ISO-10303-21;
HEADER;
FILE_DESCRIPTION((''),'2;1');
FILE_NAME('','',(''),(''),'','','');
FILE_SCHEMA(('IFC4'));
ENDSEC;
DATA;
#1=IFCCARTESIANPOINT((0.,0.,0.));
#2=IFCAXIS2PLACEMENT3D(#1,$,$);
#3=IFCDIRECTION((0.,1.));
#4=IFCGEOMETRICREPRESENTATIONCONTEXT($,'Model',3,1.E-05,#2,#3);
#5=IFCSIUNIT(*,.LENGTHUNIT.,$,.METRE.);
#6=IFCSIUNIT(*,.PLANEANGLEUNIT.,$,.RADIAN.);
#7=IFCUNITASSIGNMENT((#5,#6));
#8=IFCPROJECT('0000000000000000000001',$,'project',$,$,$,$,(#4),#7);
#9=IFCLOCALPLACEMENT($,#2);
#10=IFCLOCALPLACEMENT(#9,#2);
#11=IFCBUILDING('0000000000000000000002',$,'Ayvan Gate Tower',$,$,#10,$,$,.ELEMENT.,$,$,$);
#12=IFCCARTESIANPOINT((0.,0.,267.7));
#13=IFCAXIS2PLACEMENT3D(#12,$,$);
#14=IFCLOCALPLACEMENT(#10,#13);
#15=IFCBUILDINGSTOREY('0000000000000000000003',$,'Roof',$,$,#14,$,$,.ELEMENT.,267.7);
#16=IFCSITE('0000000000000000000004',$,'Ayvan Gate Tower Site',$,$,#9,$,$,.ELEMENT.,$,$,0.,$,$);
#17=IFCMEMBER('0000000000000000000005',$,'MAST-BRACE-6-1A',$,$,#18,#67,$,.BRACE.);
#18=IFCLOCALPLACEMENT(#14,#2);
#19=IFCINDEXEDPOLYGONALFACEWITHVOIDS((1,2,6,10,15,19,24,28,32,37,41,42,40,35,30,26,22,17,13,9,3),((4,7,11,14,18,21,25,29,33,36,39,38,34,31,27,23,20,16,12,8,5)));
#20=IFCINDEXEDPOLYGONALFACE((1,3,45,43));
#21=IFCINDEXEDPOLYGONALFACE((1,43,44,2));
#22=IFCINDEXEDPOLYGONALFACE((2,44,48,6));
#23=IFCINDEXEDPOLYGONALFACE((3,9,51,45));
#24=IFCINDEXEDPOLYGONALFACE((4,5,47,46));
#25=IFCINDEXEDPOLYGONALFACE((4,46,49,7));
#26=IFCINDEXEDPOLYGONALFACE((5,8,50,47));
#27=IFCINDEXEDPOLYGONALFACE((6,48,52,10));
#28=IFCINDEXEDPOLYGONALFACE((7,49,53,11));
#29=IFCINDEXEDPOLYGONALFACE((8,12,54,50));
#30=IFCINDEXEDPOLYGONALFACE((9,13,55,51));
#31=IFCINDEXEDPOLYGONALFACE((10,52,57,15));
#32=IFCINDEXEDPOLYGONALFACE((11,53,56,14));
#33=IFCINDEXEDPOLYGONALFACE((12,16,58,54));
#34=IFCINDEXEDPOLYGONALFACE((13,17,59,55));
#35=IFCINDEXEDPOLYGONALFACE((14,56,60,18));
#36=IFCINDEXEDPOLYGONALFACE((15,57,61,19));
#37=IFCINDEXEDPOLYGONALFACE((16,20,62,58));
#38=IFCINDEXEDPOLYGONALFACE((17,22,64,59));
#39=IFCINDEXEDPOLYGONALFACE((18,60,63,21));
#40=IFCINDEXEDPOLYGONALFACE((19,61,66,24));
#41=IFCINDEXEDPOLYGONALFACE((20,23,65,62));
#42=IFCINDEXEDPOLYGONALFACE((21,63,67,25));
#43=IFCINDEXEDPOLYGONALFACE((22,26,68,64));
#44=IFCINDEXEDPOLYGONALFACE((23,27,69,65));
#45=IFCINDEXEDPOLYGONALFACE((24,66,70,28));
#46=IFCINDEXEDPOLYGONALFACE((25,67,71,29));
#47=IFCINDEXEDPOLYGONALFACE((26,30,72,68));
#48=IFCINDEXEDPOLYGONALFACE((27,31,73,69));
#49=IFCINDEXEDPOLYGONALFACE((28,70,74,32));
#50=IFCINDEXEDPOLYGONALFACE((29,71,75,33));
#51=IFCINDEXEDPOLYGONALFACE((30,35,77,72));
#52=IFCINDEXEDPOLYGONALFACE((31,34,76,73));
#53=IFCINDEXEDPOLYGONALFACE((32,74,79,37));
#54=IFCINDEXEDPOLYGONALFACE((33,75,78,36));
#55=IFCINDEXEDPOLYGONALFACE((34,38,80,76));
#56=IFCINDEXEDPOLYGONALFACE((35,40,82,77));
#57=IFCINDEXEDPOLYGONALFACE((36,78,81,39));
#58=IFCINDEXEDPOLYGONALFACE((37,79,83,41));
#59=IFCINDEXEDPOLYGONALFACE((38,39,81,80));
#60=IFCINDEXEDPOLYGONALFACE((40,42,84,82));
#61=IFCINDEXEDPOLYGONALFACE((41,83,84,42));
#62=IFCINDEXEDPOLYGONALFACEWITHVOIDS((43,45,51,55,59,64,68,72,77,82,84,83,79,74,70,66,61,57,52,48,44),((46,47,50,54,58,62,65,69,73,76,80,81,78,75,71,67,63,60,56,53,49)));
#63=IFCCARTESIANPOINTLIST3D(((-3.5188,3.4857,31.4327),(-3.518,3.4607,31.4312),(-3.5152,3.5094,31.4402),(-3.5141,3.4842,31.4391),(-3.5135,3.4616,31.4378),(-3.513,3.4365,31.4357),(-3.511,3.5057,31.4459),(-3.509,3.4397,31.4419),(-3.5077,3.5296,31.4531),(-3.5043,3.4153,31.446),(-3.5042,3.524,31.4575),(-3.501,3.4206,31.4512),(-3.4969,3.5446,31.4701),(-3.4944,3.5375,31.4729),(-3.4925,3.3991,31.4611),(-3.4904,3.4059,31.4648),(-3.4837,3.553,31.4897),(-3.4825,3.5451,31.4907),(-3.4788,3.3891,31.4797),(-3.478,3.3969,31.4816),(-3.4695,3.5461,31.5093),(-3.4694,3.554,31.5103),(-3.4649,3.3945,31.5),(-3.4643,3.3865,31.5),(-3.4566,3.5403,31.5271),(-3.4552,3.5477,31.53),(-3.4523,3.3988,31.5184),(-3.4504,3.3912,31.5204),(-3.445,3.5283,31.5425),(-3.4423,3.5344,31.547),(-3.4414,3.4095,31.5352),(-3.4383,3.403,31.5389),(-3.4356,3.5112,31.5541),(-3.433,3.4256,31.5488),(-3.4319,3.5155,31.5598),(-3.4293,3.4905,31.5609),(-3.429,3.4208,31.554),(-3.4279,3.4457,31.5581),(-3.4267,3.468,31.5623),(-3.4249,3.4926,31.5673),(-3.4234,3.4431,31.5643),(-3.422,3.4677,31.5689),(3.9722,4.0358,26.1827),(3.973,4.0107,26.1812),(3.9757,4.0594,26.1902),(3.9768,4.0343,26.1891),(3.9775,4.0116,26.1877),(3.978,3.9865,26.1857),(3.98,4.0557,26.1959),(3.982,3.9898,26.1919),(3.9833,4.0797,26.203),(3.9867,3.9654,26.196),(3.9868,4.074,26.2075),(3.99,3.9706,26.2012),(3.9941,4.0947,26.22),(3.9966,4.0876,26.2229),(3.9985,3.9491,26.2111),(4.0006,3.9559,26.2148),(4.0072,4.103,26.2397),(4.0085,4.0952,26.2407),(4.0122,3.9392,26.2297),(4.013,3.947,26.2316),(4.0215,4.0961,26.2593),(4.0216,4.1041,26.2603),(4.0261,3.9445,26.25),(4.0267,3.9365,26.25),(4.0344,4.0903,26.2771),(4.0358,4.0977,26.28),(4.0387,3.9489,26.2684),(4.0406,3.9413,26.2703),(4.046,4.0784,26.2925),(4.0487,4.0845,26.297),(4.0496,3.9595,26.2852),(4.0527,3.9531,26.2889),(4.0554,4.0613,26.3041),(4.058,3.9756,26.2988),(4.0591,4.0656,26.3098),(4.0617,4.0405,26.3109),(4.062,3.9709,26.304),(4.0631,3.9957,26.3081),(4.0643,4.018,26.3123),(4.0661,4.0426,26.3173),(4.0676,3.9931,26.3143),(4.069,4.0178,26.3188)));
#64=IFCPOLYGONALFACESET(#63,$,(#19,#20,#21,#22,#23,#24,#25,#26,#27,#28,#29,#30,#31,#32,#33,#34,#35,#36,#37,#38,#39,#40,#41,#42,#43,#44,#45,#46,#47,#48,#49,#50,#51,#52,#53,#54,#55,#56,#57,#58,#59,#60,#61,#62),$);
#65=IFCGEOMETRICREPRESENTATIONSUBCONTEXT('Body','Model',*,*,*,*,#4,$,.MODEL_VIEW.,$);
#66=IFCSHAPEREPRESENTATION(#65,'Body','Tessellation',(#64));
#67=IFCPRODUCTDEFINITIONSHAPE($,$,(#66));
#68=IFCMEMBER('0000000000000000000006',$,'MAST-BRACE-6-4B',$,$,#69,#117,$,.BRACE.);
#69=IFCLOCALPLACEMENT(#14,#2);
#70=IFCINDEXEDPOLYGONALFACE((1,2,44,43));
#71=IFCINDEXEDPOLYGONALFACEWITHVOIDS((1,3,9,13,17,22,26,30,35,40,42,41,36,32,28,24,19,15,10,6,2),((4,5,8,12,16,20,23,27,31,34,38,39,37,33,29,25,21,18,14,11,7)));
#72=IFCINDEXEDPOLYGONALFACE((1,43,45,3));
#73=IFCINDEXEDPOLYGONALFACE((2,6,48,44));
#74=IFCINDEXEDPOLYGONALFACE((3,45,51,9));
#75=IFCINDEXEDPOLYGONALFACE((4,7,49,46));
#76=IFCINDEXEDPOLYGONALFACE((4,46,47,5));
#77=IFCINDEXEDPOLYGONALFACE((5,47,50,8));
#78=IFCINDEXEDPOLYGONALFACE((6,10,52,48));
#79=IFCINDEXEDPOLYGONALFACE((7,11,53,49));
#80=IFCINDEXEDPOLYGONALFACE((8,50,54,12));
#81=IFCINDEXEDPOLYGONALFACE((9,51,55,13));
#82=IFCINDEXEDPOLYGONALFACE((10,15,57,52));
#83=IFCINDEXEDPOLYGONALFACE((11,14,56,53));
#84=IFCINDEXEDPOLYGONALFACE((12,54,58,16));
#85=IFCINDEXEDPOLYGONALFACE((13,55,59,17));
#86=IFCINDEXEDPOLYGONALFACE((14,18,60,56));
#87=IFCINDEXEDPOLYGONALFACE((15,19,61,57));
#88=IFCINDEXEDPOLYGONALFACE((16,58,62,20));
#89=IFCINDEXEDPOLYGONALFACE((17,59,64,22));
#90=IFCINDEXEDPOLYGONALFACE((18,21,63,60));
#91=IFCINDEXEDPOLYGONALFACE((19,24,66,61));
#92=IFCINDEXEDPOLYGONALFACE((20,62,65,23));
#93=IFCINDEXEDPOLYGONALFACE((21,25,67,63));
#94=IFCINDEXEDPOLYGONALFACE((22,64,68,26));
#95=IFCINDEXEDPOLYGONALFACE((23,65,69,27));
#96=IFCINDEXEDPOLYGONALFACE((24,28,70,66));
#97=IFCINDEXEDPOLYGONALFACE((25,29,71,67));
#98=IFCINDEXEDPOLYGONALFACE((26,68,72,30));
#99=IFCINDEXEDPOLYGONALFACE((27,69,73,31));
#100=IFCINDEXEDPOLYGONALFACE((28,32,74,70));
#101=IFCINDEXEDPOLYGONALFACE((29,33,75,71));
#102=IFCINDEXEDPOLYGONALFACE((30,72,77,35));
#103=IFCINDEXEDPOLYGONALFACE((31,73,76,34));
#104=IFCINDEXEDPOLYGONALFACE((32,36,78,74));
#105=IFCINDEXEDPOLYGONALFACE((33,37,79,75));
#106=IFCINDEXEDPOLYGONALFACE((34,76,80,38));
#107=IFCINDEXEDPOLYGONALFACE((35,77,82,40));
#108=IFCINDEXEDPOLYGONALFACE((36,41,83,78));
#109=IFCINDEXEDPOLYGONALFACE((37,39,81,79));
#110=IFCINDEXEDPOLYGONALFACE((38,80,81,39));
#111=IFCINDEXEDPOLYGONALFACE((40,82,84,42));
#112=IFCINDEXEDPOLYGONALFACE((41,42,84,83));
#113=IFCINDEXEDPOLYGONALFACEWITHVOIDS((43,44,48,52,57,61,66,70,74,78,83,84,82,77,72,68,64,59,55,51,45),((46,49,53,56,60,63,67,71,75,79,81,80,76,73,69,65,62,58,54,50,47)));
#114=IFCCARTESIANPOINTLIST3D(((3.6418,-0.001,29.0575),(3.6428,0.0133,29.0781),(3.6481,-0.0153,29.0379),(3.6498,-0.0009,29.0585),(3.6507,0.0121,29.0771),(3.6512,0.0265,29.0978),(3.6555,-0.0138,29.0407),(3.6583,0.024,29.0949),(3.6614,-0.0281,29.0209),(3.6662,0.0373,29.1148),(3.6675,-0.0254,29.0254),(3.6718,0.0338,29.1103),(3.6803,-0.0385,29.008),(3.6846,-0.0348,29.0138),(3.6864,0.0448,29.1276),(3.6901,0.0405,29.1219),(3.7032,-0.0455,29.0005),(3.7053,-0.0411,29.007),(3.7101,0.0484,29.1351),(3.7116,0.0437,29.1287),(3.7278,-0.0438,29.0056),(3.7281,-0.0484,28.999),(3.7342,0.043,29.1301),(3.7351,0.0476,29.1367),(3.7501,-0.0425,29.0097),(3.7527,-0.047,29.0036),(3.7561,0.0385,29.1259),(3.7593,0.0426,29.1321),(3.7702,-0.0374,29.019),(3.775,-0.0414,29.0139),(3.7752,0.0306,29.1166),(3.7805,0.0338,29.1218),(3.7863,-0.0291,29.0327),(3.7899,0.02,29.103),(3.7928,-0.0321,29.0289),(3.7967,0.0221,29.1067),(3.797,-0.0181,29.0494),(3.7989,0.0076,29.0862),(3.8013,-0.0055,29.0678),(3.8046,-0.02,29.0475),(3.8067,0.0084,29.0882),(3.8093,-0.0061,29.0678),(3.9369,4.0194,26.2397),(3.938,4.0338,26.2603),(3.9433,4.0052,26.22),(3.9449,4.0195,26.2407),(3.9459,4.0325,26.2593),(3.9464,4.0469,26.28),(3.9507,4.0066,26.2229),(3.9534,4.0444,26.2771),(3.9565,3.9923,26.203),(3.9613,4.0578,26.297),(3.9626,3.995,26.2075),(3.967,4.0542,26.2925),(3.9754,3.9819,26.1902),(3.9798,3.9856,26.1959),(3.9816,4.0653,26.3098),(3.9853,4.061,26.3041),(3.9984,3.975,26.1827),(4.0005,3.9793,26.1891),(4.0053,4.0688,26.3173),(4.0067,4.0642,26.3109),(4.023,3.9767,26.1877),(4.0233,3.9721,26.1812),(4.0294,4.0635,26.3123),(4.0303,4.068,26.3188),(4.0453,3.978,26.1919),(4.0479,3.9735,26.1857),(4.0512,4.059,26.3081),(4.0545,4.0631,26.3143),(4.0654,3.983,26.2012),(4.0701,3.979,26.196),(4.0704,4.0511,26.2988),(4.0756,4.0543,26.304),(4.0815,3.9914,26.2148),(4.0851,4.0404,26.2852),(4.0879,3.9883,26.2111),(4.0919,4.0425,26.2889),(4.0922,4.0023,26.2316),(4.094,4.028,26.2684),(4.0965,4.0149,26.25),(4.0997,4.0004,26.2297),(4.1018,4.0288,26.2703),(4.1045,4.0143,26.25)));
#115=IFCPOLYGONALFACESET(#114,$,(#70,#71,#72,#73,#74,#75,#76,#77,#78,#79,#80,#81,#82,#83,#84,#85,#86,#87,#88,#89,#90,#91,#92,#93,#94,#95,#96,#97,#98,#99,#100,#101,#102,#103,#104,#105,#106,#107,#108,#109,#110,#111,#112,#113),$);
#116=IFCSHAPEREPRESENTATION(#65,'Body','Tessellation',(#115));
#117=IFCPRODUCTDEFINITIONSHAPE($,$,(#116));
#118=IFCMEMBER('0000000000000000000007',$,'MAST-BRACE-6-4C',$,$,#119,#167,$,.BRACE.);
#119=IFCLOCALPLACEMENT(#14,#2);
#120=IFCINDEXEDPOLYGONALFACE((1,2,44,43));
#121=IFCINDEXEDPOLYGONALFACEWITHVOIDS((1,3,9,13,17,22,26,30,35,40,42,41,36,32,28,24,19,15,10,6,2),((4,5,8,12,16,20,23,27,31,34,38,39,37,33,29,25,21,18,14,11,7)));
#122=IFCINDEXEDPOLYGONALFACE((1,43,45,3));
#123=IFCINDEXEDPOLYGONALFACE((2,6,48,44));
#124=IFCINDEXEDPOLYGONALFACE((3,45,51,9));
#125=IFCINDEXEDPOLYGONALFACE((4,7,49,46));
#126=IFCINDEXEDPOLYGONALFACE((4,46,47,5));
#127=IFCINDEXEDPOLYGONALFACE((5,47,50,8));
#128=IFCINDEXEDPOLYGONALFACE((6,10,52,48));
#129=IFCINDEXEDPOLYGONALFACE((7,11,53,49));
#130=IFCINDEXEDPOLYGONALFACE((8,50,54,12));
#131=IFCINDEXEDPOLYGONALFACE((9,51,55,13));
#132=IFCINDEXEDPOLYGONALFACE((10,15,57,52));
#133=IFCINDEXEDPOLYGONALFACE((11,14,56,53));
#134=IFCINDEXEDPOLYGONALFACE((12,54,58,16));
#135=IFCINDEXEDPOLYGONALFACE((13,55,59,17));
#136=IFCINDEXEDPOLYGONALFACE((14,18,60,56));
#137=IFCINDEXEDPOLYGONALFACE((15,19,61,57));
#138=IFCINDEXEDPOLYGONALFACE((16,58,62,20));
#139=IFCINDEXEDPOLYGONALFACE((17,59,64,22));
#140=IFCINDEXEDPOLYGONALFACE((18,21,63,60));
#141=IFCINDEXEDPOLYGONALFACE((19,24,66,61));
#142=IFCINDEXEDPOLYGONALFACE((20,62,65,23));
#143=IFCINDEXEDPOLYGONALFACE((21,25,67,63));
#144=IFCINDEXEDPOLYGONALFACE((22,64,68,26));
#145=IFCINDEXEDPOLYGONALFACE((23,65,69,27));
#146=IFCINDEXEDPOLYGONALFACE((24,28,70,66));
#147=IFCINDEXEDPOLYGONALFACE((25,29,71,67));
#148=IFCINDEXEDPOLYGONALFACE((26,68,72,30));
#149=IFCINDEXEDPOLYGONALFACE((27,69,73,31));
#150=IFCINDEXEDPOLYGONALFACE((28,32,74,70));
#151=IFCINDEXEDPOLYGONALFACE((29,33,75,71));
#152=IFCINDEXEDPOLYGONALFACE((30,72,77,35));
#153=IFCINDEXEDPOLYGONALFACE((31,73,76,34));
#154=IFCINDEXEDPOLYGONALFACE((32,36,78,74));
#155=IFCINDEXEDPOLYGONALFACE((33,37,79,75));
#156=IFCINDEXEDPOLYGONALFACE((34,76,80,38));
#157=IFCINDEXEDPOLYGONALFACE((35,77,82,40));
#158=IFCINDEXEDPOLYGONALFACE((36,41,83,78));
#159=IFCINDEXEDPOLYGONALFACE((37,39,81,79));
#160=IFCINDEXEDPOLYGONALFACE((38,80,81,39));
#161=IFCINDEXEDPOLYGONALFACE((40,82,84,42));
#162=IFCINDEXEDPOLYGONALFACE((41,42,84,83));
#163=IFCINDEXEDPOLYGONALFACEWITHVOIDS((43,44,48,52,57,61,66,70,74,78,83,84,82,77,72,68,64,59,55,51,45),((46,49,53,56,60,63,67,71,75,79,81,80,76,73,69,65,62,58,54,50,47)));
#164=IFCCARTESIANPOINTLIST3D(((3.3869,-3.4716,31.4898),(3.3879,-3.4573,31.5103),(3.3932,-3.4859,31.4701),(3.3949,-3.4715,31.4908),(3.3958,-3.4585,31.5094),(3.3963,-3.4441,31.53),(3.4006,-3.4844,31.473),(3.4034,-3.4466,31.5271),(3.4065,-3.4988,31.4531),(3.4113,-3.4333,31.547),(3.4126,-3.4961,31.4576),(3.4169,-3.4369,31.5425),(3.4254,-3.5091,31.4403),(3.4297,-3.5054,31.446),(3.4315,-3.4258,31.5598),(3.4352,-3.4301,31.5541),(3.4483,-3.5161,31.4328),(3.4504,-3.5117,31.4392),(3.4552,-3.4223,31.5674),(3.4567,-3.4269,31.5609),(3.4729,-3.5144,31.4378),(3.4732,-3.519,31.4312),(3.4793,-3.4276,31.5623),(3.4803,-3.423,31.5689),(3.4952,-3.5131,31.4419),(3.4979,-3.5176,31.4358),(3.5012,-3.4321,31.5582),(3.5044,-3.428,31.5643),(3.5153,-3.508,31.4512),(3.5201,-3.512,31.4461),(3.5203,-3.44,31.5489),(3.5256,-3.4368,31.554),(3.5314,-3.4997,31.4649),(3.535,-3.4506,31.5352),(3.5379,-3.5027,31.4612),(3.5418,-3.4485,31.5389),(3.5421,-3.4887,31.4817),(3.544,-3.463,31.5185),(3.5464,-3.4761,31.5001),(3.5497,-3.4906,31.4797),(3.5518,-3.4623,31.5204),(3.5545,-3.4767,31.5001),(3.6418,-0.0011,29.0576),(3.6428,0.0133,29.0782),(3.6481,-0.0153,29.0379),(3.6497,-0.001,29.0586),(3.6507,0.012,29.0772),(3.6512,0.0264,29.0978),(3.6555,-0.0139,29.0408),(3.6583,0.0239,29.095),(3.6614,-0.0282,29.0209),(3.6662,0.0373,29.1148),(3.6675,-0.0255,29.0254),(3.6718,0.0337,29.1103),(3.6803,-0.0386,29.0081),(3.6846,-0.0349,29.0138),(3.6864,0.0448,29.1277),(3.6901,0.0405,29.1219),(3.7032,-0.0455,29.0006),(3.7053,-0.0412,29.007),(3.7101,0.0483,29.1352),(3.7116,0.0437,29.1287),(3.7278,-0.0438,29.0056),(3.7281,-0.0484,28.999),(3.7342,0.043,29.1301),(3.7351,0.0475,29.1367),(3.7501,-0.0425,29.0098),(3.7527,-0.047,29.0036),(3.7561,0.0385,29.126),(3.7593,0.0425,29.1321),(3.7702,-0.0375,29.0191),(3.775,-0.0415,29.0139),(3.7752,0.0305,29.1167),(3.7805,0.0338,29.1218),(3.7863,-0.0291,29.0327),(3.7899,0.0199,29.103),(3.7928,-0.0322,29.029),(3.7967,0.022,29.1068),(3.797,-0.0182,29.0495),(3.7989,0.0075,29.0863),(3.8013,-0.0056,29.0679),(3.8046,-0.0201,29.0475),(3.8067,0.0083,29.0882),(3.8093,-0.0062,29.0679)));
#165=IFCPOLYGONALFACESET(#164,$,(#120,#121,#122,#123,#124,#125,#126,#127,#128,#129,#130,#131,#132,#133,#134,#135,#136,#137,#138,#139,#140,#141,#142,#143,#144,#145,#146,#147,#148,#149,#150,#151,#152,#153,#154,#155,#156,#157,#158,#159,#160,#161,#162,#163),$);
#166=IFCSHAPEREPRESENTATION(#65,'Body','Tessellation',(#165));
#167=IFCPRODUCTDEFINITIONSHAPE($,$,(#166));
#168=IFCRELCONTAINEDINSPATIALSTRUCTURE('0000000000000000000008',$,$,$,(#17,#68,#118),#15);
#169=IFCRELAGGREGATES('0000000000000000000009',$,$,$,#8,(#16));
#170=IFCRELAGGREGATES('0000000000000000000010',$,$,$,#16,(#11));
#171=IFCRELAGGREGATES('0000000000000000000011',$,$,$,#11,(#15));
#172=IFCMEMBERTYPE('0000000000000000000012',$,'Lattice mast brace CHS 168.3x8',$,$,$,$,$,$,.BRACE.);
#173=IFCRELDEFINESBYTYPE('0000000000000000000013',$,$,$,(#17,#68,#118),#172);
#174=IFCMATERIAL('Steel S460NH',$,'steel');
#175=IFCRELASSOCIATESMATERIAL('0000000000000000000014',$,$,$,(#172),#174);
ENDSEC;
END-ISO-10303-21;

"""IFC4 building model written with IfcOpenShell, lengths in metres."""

from ifc_helpers import new_model, si_unit, direction, frame, origin, origin_2d, place, context, subcontext, project, spatial, hollow_circle, extrude, material, material_profile, profile_set, type_object, element, save


model = new_model("IFC4")

# Units and contexts
model_context = context("Model", 3, precision=1e-05, world=origin(), true_north=direction((0.0, 1.0)))
body_context = subcontext(model_context, "Body", "Model", "MODEL_VIEW")
ifc_project = project(units=[si_unit("LENGTHUNIT", "METRE"), si_unit("PLANEANGLEUNIT", "RADIAN")], contexts=[model_context])

# Site, building, storey
site_placement = place(None, origin())
site = spatial("IfcSite", under=ifc_project, at=site_placement, Name="Ayvan Gate Tower Site", CompositionType="ELEMENT", RefElevation=0.0)
building_placement = place(site_placement, origin())
building = spatial("IfcBuilding", under=site, at=building_placement, Name="Ayvan Gate Tower", CompositionType="ELEMENT")
storey_placement = place(building_placement, frame((0.0, 0.0, 267.7)))
storey = spatial("IfcBuildingStorey", under=building, at=storey_placement, Name="Roof", CompositionType="ELEMENT", Elevation=267.7)

# Members
ifc_material_1 = material(Name="Steel S460NH", Category="steel")
ifc_material_profile_1 = material_profile(ifc_material_1, hollow_circle(Radius=0.0842, WallThickness=0.0081, at=origin_2d()), Name="CHS 168.3x8")
ifc_profile_set_1 = profile_set([ifc_material_profile_1], Name="Steel S460NH")
member_type_1 = type_object("IfcMemberType", Name="Lattice mast brace CHS 168.3x8", PredefinedType="BRACE", material=ifc_profile_set_1)
member_1_placement = place(storey_placement, frame((4.0205, 4.0205, 26.25), z_axis=(-0.817431, -0.060023, 0.572891), x_axis=(0.073231, -0.997315, 0.0)))
element("IfcMember", 1, at=member_1_placement, inside=storey, type_object=member_type_1, Name="MAST-BRACE-6-1A", PredefinedType="BRACE", context=body_context, shape_type="SweptSolid", body=[
    extrude(hollow_circle(Radius=0.0842, WallThickness=0.0081, at=origin_2d()), origin(), (0.0, 0.0, 1.0), 9.1641),
])
member_2_placement = place(storey_placement, frame((4.0205, 4.0205, 26.25), z_axis=(-0.060011, -0.817419, 0.572908), x_axis=(0.997316, -0.073218, 0.0)))
element("IfcMember", 2, at=member_2_placement, inside=storey, type_object=member_type_1, Name="MAST-BRACE-6-4B", PredefinedType="BRACE", context=body_context, shape_type="SweptSolid", body=[
    extrude(hollow_circle(Radius=0.0842, WallThickness=0.0081, at=origin_2d()), origin(), (0.0, 0.0, 1.0), 4.9185),
])
member_3_placement = place(storey_placement, frame((3.7253, 0.0, 29.0679), z_axis=(-0.060036, -0.817443, 0.572872), x_axis=(0.997314, -0.073246, 0.0)))
element("IfcMember", 3, at=member_3_placement, inside=storey, type_object=member_type_1, Name="MAST-BRACE-6-4C", PredefinedType="BRACE", context=body_context, shape_type="SweptSolid", body=[
    extrude(hollow_circle(Radius=0.0842, WallThickness=0.0081, at=origin_2d()), origin(), (0.0, 0.0, 1.0), 4.2456),
])

save(model, "model.ifc")
